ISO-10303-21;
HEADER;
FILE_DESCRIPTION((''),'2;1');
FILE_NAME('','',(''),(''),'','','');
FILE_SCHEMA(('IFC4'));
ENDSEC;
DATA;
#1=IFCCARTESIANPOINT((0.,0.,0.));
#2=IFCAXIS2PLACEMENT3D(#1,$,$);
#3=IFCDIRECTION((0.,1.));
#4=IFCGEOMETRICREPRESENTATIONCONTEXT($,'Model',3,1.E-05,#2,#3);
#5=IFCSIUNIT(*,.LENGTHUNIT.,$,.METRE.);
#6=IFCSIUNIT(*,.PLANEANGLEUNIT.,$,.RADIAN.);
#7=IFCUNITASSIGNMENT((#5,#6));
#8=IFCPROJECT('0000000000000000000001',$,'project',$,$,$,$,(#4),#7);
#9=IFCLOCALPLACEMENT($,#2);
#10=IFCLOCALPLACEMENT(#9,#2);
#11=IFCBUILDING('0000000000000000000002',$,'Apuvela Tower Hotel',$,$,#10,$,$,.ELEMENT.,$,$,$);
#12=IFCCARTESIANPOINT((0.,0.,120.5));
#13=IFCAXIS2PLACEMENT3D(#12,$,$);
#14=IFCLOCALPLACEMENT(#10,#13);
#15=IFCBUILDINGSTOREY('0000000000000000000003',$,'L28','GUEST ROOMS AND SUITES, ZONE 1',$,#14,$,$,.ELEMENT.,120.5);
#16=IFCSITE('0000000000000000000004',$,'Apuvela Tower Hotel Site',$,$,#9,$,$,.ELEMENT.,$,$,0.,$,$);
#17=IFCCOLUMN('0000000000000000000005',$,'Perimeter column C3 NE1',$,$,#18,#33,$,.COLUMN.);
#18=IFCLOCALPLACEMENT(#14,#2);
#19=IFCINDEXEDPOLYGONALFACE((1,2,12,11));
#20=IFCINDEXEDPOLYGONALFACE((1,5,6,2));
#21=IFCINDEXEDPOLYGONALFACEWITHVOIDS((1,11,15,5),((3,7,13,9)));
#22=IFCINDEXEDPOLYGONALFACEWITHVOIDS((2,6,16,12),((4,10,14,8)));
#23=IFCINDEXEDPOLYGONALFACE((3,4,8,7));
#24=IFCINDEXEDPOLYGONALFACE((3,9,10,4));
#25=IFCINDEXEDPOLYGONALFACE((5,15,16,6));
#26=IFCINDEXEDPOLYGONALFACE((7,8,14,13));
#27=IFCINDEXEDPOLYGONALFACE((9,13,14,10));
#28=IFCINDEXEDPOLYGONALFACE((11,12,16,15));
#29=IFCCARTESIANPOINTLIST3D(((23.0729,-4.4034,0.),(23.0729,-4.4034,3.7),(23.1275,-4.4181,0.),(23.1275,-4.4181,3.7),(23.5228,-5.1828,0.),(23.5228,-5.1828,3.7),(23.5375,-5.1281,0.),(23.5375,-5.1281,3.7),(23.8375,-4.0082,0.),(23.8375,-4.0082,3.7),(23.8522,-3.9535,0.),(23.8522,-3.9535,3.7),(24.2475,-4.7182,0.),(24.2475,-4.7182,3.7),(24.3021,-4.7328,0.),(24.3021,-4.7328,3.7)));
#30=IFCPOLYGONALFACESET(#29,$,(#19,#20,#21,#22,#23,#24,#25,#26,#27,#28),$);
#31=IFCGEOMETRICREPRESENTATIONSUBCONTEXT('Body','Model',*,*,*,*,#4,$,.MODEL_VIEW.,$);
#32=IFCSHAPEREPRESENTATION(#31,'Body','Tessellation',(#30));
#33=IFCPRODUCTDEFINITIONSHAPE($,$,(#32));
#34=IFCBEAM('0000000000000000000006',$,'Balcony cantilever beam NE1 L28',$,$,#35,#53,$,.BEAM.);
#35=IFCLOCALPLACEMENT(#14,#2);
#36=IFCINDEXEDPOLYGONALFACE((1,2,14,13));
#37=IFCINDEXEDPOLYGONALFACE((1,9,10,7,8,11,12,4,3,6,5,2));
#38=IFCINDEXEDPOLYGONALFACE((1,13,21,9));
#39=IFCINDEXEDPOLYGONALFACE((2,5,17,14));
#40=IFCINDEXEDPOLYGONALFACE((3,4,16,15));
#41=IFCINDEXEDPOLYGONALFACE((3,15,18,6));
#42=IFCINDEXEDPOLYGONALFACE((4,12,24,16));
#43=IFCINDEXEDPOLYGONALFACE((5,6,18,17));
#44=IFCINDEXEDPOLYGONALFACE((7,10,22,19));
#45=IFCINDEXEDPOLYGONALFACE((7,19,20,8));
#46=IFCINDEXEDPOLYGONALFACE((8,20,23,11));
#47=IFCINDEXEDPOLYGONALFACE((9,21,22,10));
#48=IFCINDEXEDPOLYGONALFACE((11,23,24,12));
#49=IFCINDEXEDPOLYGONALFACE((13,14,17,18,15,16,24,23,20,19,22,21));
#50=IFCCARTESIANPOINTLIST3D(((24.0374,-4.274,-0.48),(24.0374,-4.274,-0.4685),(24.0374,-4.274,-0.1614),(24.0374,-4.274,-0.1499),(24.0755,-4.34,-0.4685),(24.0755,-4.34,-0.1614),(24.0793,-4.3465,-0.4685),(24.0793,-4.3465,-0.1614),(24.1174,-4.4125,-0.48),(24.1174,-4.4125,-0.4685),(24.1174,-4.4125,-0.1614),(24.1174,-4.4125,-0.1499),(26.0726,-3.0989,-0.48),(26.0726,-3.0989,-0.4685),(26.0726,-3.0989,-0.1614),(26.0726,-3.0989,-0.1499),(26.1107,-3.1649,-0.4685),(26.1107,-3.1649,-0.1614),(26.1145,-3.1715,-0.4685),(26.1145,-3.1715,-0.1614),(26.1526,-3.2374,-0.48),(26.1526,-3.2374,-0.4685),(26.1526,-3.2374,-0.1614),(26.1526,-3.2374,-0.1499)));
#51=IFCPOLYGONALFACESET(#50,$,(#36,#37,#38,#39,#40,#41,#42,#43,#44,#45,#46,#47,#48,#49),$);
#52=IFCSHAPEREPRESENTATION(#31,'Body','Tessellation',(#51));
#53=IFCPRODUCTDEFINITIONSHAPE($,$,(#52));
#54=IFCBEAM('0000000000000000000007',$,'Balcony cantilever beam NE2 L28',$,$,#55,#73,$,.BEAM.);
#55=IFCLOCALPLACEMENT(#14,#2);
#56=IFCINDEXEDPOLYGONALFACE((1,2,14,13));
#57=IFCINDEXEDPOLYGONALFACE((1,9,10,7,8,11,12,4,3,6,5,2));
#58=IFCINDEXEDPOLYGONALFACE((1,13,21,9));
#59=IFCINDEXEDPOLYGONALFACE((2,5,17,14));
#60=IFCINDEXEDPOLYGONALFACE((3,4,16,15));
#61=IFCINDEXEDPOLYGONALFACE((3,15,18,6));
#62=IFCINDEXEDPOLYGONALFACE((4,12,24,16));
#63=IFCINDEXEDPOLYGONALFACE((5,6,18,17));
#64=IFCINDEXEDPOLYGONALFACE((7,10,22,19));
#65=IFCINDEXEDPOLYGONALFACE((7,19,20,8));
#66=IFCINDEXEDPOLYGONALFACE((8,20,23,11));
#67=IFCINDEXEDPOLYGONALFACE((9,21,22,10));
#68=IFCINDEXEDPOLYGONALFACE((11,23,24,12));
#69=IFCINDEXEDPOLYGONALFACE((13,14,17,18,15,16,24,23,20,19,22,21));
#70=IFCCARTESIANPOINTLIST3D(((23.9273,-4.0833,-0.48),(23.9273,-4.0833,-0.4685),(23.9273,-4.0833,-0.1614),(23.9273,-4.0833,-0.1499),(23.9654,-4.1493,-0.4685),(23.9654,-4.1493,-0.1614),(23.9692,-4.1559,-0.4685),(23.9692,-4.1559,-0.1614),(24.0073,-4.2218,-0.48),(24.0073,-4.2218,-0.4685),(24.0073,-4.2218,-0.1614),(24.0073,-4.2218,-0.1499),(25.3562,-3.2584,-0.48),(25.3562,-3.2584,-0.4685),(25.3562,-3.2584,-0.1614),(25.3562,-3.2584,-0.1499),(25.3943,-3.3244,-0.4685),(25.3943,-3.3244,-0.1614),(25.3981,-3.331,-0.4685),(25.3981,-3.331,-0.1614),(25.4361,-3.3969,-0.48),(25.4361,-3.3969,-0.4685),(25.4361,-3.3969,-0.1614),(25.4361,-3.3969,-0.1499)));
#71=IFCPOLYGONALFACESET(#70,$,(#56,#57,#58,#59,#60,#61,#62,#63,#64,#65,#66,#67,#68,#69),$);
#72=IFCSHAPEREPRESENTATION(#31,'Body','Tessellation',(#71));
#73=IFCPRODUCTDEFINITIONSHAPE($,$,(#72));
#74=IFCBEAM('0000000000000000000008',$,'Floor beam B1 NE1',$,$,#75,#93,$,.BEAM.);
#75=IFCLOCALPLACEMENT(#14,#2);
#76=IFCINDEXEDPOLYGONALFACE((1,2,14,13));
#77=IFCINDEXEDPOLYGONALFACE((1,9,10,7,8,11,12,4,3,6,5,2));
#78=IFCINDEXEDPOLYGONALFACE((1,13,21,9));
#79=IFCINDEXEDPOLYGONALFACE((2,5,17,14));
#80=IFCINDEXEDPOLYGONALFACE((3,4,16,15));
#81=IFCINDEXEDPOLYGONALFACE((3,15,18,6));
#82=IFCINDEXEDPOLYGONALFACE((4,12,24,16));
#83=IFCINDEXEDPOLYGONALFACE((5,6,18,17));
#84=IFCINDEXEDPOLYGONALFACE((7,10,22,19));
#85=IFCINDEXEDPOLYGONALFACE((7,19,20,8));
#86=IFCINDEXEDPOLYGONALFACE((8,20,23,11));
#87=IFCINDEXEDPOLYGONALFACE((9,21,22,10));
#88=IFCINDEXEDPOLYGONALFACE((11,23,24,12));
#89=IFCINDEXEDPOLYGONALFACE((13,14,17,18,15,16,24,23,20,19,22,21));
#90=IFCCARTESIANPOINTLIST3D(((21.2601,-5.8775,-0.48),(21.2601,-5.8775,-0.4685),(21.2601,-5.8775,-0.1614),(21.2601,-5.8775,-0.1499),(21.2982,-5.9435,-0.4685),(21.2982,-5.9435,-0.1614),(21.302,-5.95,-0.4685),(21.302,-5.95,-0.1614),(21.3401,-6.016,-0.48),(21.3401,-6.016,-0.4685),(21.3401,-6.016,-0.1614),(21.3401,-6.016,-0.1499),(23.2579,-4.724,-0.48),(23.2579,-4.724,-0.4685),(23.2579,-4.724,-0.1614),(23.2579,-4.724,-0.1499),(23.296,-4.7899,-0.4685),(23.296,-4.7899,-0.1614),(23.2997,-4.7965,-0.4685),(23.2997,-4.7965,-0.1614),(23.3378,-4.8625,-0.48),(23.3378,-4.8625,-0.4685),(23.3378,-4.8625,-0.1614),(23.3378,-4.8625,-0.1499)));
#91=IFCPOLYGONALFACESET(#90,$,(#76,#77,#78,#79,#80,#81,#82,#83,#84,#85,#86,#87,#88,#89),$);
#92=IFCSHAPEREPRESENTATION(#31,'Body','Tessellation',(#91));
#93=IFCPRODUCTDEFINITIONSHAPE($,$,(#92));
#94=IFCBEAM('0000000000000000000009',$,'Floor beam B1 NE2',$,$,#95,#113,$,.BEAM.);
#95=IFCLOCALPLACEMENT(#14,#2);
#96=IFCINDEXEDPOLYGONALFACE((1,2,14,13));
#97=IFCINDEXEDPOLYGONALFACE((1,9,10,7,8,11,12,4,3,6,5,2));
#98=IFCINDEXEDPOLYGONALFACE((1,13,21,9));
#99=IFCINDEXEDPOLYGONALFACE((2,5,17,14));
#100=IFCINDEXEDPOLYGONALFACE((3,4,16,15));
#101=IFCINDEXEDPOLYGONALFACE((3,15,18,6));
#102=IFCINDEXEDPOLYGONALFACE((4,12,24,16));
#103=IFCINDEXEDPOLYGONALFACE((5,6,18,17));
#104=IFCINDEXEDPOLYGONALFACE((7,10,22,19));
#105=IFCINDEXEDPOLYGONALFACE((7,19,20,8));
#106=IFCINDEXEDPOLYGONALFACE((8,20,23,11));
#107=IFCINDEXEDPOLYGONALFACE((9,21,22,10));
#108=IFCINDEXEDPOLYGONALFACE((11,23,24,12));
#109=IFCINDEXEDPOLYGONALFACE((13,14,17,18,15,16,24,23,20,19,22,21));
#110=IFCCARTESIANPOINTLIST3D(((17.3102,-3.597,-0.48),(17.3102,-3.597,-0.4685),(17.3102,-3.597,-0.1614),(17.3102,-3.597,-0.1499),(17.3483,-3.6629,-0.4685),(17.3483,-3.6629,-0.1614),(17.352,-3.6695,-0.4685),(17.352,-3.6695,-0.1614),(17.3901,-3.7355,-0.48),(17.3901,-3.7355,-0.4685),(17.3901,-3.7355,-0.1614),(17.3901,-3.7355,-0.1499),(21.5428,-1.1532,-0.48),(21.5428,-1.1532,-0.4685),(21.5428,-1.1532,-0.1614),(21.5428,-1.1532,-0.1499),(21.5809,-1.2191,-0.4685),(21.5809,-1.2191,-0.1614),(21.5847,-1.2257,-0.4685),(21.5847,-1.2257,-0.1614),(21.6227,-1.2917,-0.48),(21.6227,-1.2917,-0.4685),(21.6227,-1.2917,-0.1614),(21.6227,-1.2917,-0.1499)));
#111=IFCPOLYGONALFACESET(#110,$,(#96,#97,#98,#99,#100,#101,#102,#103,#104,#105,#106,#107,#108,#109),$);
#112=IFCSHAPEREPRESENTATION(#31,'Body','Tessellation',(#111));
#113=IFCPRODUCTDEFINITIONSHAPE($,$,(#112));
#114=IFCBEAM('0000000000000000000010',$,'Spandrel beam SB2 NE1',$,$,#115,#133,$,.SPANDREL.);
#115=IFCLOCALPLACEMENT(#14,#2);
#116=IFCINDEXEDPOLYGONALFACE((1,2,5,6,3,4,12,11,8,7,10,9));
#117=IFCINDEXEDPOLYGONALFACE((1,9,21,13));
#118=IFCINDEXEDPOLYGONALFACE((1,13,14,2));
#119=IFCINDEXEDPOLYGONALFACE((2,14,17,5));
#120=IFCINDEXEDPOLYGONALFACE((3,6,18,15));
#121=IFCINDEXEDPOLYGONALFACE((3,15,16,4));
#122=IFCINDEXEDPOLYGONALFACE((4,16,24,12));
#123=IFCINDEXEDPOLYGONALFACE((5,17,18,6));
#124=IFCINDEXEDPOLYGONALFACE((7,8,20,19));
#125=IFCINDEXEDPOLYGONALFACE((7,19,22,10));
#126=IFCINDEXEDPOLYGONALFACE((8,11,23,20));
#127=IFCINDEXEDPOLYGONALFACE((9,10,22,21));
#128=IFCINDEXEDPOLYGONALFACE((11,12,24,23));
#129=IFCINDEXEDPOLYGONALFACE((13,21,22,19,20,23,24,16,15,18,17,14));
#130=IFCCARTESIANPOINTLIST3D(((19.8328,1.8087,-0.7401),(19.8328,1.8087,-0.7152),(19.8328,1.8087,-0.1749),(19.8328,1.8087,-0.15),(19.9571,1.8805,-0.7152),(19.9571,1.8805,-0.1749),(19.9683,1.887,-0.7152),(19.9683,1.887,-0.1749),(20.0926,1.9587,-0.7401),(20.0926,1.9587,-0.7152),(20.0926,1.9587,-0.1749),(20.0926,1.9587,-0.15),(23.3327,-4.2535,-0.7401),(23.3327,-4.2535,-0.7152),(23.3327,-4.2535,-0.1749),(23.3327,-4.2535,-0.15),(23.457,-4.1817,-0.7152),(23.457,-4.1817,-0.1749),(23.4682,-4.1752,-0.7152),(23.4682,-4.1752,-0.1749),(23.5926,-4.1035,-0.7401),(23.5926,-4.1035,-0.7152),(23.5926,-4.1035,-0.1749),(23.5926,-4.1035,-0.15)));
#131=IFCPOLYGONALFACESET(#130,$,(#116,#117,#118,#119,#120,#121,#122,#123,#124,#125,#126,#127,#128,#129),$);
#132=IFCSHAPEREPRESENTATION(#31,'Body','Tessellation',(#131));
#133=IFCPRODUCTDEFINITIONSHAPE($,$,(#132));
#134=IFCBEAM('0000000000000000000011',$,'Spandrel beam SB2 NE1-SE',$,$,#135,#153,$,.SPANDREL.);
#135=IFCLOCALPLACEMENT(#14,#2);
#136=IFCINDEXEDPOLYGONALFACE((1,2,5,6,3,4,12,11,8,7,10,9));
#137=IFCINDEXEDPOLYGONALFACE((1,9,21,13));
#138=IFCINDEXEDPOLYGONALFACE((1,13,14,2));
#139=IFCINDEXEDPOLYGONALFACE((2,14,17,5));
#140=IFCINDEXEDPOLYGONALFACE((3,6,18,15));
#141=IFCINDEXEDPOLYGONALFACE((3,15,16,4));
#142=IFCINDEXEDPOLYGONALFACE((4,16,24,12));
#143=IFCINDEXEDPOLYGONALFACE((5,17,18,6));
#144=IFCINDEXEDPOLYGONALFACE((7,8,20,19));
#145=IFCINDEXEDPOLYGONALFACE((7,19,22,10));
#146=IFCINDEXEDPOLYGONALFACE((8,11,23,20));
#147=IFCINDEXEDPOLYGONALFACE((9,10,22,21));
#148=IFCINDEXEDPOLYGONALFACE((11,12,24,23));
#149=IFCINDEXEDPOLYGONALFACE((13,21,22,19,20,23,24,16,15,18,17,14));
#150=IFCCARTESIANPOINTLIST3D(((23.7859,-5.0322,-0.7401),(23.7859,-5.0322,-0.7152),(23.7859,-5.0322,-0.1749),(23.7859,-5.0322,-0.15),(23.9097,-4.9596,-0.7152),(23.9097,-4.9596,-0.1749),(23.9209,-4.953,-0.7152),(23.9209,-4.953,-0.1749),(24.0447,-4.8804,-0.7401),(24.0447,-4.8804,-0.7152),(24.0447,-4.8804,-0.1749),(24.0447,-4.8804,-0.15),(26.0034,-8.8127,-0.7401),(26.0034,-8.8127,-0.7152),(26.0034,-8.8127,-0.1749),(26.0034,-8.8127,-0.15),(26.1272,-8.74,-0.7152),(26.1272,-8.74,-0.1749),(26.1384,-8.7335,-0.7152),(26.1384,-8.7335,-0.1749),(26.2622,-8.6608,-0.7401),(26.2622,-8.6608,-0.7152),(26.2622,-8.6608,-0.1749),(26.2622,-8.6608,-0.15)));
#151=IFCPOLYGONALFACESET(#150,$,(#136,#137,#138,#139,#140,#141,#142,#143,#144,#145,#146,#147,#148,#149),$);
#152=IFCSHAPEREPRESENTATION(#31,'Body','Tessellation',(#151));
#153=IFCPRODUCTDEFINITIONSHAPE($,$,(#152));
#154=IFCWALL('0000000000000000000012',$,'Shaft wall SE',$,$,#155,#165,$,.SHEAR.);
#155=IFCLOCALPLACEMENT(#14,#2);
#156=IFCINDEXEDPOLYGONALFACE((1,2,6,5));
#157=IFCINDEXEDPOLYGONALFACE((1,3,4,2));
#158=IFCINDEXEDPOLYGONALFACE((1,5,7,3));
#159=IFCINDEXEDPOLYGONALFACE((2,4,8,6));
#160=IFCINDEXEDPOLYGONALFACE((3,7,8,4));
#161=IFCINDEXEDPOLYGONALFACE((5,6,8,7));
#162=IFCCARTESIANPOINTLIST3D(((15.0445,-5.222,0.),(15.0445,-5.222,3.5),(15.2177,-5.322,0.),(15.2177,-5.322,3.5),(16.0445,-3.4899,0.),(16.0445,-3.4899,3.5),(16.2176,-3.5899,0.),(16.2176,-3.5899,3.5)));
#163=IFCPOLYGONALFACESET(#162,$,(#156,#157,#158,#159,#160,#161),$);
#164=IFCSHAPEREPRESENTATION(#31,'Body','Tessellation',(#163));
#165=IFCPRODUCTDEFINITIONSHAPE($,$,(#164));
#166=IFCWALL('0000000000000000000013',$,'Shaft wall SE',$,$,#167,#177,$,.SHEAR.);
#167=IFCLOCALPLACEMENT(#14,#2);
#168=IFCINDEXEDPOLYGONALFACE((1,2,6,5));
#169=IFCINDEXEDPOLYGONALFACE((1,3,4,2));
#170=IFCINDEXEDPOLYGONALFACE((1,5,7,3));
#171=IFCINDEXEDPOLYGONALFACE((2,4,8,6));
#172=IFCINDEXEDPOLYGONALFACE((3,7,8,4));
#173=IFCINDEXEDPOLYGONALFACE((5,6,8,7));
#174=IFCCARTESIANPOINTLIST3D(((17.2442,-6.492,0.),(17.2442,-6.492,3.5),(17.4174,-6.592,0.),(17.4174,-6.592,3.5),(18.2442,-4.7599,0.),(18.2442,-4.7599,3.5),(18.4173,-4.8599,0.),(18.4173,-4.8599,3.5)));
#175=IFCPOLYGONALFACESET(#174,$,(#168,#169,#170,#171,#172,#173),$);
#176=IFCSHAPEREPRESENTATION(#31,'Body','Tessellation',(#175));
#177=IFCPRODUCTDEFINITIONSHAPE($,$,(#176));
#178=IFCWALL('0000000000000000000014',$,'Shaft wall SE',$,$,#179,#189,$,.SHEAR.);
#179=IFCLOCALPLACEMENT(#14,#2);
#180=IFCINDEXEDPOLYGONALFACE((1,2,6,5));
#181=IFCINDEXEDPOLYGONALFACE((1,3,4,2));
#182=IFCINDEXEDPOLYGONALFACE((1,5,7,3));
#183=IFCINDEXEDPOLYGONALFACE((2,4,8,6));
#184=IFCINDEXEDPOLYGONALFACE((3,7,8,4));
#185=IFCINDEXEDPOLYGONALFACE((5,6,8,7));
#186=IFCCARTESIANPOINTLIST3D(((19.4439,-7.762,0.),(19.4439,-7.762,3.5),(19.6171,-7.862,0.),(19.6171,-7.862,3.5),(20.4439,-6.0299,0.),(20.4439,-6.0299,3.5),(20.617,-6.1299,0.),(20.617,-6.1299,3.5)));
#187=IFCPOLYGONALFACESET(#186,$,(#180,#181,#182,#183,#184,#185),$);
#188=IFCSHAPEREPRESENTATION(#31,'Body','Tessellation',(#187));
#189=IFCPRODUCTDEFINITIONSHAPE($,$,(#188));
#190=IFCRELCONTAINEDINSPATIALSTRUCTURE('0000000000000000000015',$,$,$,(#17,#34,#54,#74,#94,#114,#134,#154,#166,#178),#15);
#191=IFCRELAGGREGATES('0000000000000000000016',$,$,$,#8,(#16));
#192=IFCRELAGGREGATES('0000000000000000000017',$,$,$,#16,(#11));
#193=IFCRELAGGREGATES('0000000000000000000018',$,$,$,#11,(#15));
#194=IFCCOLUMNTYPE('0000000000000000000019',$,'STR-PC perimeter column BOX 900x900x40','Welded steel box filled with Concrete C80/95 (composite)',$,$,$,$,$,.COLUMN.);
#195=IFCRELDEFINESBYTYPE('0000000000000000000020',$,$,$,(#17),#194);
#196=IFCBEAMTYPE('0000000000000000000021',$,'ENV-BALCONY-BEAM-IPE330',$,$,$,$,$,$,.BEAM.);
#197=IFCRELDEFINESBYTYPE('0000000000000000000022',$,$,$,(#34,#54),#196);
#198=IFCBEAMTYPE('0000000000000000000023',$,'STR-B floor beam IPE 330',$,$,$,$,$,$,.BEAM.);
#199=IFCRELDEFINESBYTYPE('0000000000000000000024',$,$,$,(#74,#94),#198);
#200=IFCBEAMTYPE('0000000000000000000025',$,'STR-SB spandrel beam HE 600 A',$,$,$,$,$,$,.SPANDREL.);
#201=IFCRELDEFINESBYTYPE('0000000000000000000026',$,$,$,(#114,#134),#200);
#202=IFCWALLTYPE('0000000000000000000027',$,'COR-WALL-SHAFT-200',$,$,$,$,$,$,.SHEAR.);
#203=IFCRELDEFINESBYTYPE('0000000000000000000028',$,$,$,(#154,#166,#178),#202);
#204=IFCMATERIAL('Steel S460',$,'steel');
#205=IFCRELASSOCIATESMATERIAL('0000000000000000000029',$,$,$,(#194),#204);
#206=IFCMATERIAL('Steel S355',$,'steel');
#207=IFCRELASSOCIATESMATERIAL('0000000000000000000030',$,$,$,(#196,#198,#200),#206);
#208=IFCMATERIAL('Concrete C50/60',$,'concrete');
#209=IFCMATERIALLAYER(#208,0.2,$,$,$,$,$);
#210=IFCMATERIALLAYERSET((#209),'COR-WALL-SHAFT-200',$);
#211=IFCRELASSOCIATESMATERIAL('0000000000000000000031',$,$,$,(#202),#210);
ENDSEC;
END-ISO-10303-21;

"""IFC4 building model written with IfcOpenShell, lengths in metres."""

from ifc_helpers import new_model, si_unit, direction, frame, frame_2d, origin, origin_2d, place, context, subcontext, project, spatial, rectangle, hollow_rectangle, i_section, extrude, material, layer, layer_set, material_profile, profile_set, type_object, element, save


model = new_model("IFC4")

# Units and contexts
model_context = context("Model", 3, precision=1e-05, world=origin(), true_north=direction((0.0, 1.0)))
body_context = subcontext(model_context, "Body", "Model", "MODEL_VIEW")
ifc_project = project(units=[si_unit("LENGTHUNIT", "METRE"), si_unit("PLANEANGLEUNIT", "RADIAN")], contexts=[model_context])

# Site, building, storey
site_placement = place(None, origin())
site = spatial("IfcSite", under=ifc_project, at=site_placement, Name="Apuvela Tower Hotel Site", CompositionType="ELEMENT", RefElevation=0.0)
building_placement = place(site_placement, origin())
building = spatial("IfcBuilding", under=site, at=building_placement, Name="Apuvela Tower Hotel", CompositionType="ELEMENT")
storey_placement = place(building_placement, frame((0.0, 0.0, 120.5)))
storey = spatial("IfcBuildingStorey", under=building, at=storey_placement, Name="L28", Description="GUEST ROOMS AND SUITES, ZONE 1", CompositionType="ELEMENT", Elevation=120.5)

# Column
ifc_material_1 = material(Name="Steel S460", Category="steel")
ifc_material_profile_1 = material_profile(ifc_material_1, hollow_rectangle(XDim=0.8999, YDim=0.8999, WallThickness=0.04, at=origin_2d()), Name="BOX 900x900x40")
ifc_material_2 = material(Name="Concrete C80/95", Category="concrete")
ifc_material_profile_2 = material_profile(ifc_material_2, rectangle(XDim=0.8201, YDim=0.8201, at=origin_2d()), Name="Concrete C80/95 infill")
ifc_profile_set_1 = profile_set([ifc_material_profile_1, ifc_material_profile_2], Name="Steel S460")
column_type = type_object("IfcColumnType", Name="STR-PC perimeter column BOX 900x900x40", Description="Welded steel box filled with Concrete C80/95 (composite)", PredefinedType="COLUMN", material=ifc_profile_set_1)
column_placement = place(storey_placement, frame((23.6875, -4.5681, 0.0), z_axis=(0.0, 0.0, 1.0), x_axis=(-0.5, 0.866025, 0.0)))
element("IfcColumn", 1, at=column_placement, inside=storey, type_object=column_type, Name="Perimeter column C3 NE1", PredefinedType="COLUMN", context=body_context, shape_type="SweptSolid", body=[
    extrude(hollow_rectangle(XDim=0.8999, YDim=0.8999, WallThickness=0.04, at=origin_2d()), origin(), (0.0, 0.0, 1.0), 3.7),
])

# Beams
ifc_material_3 = material(Name="Steel S355", Category="steel")
ifc_material_profile_3 = material_profile(ifc_material_3, i_section(OverallWidth=0.1599, OverallDepth=0.3301, WebThickness=0.0076, FlangeThickness=0.0115, at=origin_2d()), Name="IPE 330")
ifc_profile_set_2 = profile_set([ifc_material_profile_3], Name="Steel S355")
beam_type_1 = type_object("IfcBeamType", Name="ENV-BALCONY-BEAM-IPE330", PredefinedType="BEAM", material=ifc_profile_set_2)
beam_1_placement = place(storey_placement, frame((24.0774, -4.3433, -0.3149), z_axis=(0.866016, 0.500016, 0.0), x_axis=(-0.500016, 0.866016, 0.0)))
element("IfcBeam", 2, at=beam_1_placement, inside=storey, type_object=beam_type_1, Name="Balcony cantilever beam NE1 L28", PredefinedType="BEAM", context=body_context, shape_type="SweptSolid", body=[
    extrude(i_section(OverallWidth=0.1599, OverallDepth=0.3301, WebThickness=0.0076, FlangeThickness=0.0115, at=origin_2d()), origin(), (0.0, 0.0, 1.0), 2.3501),
])
beam_2_placement = place(storey_placement, frame((23.9673, -4.1526, -0.3149), z_axis=(0.86604, 0.499974, 0.0), x_axis=(-0.499974, 0.86604, 0.0)))
element("IfcBeam", 3, at=beam_2_placement, inside=storey, type_object=beam_type_1, Name="Balcony cantilever beam NE2 L28", PredefinedType="BEAM", context=body_context, shape_type="SweptSolid", body=[
    extrude(i_section(OverallWidth=0.1599, OverallDepth=0.3301, WebThickness=0.0076, FlangeThickness=0.0115, at=origin_2d()), origin(), (0.0, 0.0, 1.0), 1.6499),
])
ifc_material_profile_4 = material_profile(ifc_material_3, i_section(OverallWidth=0.1599, OverallDepth=0.3301, WebThickness=0.0076, FlangeThickness=0.0115, at=origin_2d()), Name="IPE 330")
ifc_profile_set_3 = profile_set([ifc_material_profile_4], Name="Steel S355")
beam_type_2 = type_object("IfcBeamType", Name="STR-B floor beam IPE 330", PredefinedType="BEAM", material=ifc_profile_set_3)
beam_3_placement = place(storey_placement, frame((23.2979, -4.7932, -0.3149), z_axis=(-0.866001, -0.500043, 0.0), x_axis=(0.500043, -0.866001, 0.0)))
element("IfcBeam", 4, at=beam_3_placement, inside=storey, type_object=beam_type_2, Name="Floor beam B1 NE1", PredefinedType="BEAM", context=body_context, shape_type="SweptSolid", body=[
    extrude(i_section(OverallWidth=0.1599, OverallDepth=0.3301, WebThickness=0.0076, FlangeThickness=0.0115, at=origin_2d()), origin(), (0.0, 0.0, 1.0), 2.3069),
])
beam_4_placement = place(storey_placement, frame((21.5828, -1.2224, -0.3149), z_axis=(-0.866015, -0.500018, 0.0), x_axis=(0.500018, -0.866015, 0.0)))
element("IfcBeam", 5, at=beam_4_placement, inside=storey, type_object=beam_type_2, Name="Floor beam B1 NE2", PredefinedType="BEAM", context=body_context, shape_type="SweptSolid", body=[
    extrude(i_section(OverallWidth=0.1599, OverallDepth=0.3301, WebThickness=0.0076, FlangeThickness=0.0115, at=origin_2d()), origin(), (0.0, 0.0, 1.0), 4.8875),
])
ifc_material_profile_5 = material_profile(ifc_material_3, i_section(OverallWidth=0.3, OverallDepth=0.5901, WebThickness=0.0129, FlangeThickness=0.0249, at=origin_2d()), Name="HE 600 A")
ifc_profile_set_4 = profile_set([ifc_material_profile_5], Name="Steel S355")
beam_type_3 = type_object("IfcBeamType", Name="STR-SB spandrel beam HE 600 A", PredefinedType="SPANDREL", material=ifc_profile_set_4)
beam_5_placement = place(storey_placement, frame((23.4626, -4.1785, -0.4451), z_axis=(-0.499995, 0.866028, 0.0), x_axis=(-0.866028, -0.499995, 0.0)))
element("IfcBeam", 6, at=beam_5_placement, inside=storey, type_object=beam_type_3, Name="Spandrel beam SB2 NE1", PredefinedType="SPANDREL", context=body_context, shape_type="SweptSolid", body=[
    extrude(i_section(OverallWidth=0.3, OverallDepth=0.5901, WebThickness=0.0129, FlangeThickness=0.0249, at=origin_2d()), origin(), (0.0, 0.0, 1.0), 7.0),
])
beam_6_placement = place(storey_placement, frame((23.9153, -4.9563, -0.4451), z_axis=(0.505951, -0.862562, 0.0), x_axis=(0.862562, 0.505951, 0.0)))
element("IfcBeam", 7, at=beam_6_placement, inside=storey, type_object=beam_type_3, Name="Spandrel beam SB2 NE1-SE", PredefinedType="SPANDREL", context=body_context, shape_type="SweptSolid", body=[
    extrude(i_section(OverallWidth=0.3, OverallDepth=0.5901, WebThickness=0.0129, FlangeThickness=0.0249, at=origin_2d()), origin(), (0.0, 0.0, 1.0), 4.3828),
])

# Walls
ifc_material_4 = material(Name="Concrete C50/60", Category="concrete")
ifc_layer_1 = layer(ifc_material_4, 0.2)
ifc_layer_set_1 = layer_set([ifc_layer_1], Name="COR-WALL-SHAFT-200")
wall_type_1 = type_object("IfcWallType", Name="COR-WALL-SHAFT-200", PredefinedType="SHEAR", material=ifc_layer_set_1)
for number, where, z_axis, x_axis, name in (
    (8, (15.1311, -5.272, 0.0), (0.0, 0.0, 1.0), (0.499973, 0.866041, 0.0), "Shaft wall SE"),
    (9, (17.3308, -6.542, 0.0), (0.0, 0.0, 1.0), (0.499973, 0.866041, 0.0), "Shaft wall SE"),
    (10, (19.5305, -7.812, 0.0), (0.0, 0.0, 1.0), (0.499973, 0.866041, 0.0), "Shaft wall SE"),
):
    element("IfcWall", number, at=place(storey_placement, frame(where, z_axis=z_axis, x_axis=x_axis)), inside=storey, type_object=wall_type_1, Name=name, PredefinedType="SHEAR", context=body_context, shape_type="SweptSolid", body=[
        extrude(rectangle(XDim=2.0, YDim=0.2, at=frame_2d((1.0, 0.0))), origin(), (0.0, 0.0, 1.0), 3.5),
    ])

save(model, "model.ifc")
